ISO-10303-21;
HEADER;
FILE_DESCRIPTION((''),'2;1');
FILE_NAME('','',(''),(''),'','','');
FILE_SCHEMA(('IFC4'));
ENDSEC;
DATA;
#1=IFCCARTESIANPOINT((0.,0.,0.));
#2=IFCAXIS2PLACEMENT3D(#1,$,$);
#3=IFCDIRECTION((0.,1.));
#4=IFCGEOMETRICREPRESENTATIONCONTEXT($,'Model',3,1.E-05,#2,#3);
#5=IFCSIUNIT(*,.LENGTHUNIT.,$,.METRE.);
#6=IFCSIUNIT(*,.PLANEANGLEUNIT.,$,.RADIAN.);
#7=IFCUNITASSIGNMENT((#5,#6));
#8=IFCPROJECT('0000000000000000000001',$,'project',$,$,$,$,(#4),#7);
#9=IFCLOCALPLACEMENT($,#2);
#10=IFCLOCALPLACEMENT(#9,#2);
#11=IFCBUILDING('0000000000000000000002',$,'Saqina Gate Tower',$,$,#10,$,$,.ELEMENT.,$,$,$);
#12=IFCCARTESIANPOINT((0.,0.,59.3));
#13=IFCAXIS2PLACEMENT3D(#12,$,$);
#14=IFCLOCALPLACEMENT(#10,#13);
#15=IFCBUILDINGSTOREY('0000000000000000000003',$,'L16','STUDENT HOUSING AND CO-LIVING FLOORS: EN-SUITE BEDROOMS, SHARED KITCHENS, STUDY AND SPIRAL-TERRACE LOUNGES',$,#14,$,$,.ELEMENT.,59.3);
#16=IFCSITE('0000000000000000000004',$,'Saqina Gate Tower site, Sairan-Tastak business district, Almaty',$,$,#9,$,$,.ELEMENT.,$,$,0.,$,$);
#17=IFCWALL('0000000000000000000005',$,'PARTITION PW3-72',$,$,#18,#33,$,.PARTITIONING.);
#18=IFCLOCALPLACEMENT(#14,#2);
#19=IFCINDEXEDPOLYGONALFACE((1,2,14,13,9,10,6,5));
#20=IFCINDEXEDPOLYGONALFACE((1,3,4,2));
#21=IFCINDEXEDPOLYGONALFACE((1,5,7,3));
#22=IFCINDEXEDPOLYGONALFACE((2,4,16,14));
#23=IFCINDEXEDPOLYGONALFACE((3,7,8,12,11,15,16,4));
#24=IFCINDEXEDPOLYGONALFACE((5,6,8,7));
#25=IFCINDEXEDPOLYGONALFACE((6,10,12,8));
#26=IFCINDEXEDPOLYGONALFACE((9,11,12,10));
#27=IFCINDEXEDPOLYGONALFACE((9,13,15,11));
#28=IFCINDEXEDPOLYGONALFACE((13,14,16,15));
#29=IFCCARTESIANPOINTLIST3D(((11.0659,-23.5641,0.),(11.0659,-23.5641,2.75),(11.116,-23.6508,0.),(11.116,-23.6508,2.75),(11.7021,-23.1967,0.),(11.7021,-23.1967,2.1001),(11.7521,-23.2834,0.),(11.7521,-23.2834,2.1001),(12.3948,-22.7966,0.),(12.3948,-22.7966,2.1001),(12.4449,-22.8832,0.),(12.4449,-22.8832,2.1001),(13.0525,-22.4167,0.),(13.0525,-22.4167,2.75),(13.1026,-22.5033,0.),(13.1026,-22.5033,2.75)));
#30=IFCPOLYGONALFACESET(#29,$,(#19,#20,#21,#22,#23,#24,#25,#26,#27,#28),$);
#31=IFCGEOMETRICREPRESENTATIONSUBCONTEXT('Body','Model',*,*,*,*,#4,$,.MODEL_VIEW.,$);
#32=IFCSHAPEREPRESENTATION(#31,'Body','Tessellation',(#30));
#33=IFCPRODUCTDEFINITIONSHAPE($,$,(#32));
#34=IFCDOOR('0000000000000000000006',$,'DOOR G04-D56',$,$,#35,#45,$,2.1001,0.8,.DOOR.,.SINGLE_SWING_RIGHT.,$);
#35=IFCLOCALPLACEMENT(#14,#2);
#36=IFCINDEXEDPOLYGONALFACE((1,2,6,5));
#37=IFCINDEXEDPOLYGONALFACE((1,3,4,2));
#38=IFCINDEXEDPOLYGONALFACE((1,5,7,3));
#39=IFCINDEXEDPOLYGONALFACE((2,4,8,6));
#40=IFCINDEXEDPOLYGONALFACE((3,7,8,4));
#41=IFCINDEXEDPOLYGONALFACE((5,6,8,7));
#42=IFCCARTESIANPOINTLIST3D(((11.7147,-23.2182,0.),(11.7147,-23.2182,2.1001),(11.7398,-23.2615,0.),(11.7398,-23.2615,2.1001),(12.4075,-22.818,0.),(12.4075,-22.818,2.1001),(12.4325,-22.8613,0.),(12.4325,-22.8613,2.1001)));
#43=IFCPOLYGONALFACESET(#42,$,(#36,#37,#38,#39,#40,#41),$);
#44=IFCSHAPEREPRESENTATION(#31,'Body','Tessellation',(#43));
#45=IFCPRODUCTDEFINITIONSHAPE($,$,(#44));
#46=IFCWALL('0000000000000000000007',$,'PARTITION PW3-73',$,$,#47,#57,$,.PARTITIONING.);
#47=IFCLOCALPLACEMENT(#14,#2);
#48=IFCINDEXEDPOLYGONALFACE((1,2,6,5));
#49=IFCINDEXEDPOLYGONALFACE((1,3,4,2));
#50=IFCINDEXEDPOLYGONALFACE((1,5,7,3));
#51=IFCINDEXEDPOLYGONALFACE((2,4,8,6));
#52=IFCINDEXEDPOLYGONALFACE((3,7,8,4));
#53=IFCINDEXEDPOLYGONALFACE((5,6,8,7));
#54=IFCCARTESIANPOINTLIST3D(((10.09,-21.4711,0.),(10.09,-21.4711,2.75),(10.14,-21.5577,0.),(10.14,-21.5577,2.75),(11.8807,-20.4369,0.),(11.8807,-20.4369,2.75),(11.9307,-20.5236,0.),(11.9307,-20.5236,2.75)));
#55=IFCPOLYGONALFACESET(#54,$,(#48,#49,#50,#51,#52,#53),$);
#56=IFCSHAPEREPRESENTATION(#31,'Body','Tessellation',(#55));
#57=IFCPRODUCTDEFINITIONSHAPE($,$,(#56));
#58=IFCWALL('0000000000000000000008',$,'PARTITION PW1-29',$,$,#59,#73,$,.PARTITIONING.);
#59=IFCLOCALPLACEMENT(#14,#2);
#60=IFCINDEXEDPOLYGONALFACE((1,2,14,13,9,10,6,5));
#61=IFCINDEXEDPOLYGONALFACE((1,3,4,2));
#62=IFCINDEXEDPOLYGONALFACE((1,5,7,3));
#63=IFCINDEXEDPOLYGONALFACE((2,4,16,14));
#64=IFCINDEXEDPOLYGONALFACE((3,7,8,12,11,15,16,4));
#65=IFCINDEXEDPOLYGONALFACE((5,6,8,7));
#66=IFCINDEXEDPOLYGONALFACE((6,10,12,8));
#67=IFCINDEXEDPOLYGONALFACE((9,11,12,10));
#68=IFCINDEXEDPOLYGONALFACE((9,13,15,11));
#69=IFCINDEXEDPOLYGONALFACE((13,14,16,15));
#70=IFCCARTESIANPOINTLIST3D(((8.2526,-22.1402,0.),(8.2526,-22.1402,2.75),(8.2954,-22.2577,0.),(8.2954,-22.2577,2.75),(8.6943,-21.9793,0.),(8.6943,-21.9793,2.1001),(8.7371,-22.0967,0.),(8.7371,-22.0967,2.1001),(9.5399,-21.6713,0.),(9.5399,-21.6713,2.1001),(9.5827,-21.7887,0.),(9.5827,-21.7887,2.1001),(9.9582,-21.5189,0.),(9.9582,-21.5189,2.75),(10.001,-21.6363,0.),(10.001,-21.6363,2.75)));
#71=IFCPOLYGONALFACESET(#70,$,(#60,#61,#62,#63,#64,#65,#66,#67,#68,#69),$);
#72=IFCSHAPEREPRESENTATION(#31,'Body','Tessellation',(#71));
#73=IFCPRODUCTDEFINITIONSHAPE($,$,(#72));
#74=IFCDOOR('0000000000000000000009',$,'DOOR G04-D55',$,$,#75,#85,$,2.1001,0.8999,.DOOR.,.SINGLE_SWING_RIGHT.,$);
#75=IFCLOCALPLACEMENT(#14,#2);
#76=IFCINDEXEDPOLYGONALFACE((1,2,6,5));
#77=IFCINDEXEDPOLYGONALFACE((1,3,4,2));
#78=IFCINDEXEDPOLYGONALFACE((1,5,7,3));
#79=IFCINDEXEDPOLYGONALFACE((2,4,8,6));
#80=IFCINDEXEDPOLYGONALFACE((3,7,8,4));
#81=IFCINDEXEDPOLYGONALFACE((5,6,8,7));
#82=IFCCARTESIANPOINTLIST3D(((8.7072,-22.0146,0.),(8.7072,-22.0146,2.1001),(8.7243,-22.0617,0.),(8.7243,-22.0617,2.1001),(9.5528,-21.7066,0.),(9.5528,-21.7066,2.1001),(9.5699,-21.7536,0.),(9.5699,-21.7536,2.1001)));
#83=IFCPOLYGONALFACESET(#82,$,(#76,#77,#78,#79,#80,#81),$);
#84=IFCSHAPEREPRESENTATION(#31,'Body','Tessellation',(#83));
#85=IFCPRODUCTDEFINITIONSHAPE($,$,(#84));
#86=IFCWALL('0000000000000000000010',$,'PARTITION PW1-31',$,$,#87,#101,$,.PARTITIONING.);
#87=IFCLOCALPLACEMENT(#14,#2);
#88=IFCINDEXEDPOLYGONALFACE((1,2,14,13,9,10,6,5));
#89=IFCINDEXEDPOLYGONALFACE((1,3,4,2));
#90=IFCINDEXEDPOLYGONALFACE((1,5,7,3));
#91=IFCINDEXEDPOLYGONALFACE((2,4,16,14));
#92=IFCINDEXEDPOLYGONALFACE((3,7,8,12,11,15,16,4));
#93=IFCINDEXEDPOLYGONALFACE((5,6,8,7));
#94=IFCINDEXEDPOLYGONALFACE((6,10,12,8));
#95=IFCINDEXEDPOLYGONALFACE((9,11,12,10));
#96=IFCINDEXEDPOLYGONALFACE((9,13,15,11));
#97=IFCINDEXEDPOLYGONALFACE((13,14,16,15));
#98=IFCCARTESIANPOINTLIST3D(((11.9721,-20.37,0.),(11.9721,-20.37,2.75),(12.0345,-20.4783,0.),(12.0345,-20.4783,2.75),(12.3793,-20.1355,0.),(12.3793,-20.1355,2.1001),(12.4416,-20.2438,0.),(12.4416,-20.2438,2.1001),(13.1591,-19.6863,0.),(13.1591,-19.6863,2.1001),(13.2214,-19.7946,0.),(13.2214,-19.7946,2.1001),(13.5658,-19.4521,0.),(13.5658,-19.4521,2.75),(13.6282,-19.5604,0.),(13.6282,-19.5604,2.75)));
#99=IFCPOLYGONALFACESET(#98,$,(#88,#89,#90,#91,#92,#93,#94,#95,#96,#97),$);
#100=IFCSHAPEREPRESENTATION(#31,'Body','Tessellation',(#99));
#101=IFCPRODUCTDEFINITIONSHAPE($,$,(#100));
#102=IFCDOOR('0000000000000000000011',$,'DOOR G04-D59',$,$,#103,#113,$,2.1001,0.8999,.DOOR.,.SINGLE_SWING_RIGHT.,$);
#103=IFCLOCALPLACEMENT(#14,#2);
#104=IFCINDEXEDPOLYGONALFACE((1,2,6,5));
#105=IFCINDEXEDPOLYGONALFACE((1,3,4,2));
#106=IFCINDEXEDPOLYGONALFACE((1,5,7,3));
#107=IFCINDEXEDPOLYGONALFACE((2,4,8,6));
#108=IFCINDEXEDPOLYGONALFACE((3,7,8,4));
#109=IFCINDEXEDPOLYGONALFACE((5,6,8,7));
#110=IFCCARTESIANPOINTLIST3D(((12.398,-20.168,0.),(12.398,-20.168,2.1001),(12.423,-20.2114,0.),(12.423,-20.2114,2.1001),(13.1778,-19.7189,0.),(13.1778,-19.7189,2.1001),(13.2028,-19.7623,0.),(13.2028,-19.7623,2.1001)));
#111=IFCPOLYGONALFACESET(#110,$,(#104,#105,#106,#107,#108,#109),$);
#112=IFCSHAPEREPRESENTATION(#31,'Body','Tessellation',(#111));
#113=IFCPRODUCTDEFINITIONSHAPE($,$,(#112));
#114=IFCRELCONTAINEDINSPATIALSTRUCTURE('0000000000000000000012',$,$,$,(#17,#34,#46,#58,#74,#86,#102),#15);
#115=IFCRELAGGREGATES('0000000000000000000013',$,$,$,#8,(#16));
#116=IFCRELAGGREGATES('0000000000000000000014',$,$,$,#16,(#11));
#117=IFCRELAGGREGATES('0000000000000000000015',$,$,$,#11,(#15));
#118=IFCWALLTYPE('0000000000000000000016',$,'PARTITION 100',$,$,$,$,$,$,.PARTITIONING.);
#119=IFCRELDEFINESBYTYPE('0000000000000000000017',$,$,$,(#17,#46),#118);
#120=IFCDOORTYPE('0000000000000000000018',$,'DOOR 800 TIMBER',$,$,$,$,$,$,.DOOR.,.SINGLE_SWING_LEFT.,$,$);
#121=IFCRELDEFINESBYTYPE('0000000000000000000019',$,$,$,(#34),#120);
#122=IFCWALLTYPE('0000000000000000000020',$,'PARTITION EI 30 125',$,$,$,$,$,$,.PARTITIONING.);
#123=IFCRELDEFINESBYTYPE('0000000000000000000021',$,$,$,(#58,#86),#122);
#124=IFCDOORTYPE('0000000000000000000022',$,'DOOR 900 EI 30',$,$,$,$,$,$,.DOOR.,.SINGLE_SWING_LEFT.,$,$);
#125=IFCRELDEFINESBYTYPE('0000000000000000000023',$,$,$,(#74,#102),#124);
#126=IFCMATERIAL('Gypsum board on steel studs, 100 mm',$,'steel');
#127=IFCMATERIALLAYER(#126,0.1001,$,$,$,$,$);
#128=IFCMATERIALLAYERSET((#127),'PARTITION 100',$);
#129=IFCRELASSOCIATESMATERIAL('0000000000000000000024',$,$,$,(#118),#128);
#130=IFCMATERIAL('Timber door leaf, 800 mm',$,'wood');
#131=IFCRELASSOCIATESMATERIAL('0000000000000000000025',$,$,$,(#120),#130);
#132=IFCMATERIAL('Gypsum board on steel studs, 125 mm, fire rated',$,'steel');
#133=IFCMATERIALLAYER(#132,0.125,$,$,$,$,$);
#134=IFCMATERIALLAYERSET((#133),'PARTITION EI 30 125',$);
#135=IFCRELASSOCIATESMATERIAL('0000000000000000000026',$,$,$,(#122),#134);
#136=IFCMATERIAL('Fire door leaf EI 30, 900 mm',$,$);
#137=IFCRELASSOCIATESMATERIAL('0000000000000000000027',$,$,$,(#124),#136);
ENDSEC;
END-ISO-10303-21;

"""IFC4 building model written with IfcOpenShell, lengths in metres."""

from ifc_helpers import new_model, si_unit, direction, frame, frame_2d, origin, place, context, subcontext, project, spatial, rectangle, extrude, material, layer, layer_set, type_object, element, fill, save


model = new_model("IFC4")

# Units and contexts
model_context = context("Model", 3, precision=1e-05, world=origin(), true_north=direction((0.0, 1.0)))
body_context = subcontext(model_context, "Body", "Model", "MODEL_VIEW")
ifc_project = project(units=[si_unit("LENGTHUNIT", "METRE"), si_unit("PLANEANGLEUNIT", "RADIAN")], contexts=[model_context])

# Site, building, storey
site_placement = place(None, origin())
site = spatial("IfcSite", under=ifc_project, at=site_placement, Name="Saqina Gate Tower site, Sairan-Tastak business district, Almaty", CompositionType="ELEMENT", RefElevation=0.0)
building_placement = place(site_placement, origin())
building = spatial("IfcBuilding", under=site, at=building_placement, Name="Saqina Gate Tower", CompositionType="ELEMENT")
storey_placement = place(building_placement, frame((0.0, 0.0, 59.3)))
storey = spatial("IfcBuildingStorey", under=building, at=storey_placement, Name="L16", Description="STUDENT HOUSING AND CO-LIVING FLOORS: EN-SUITE BEDROOMS, SHARED KITCHENS, STUDY AND SPIRAL-TERRACE LOUNGES", CompositionType="ELEMENT", Elevation=59.3)

# Shared definitions
ifc_material_1 = material(Name="Gypsum board on steel studs, 100 mm", Category="steel")
ifc_layer_1 = layer(ifc_material_1, 0.1001)
ifc_layer_set_1 = layer_set([ifc_layer_1], Name="PARTITION 100")
wall_type_1 = type_object("IfcWallType", Name="PARTITION 100", PredefinedType="PARTITIONING", material=ifc_layer_set_1)

# Shared definitions
ifc_material_2 = material(Name="Timber door leaf, 800 mm", Category="wood")
door_type_1 = type_object("IfcDoorType", Name="DOOR 800 TIMBER", OperationType="SINGLE_SWING_LEFT", PredefinedType="DOOR", material=ifc_material_2)

# Wall, opening, door
wall_1_placement = place(storey_placement, frame((11.0911, -23.6074, 0.0), z_axis=(0.0, 0.0, 1.0), x_axis=(0.865929, 0.500168, 0.0)))
wall_1 = element("IfcWall", 1, at=wall_1_placement, inside=storey, type_object=wall_type_1, Name="PARTITION PW3-72", PredefinedType="PARTITIONING", context=body_context, shape_type="SweptSolid", body=[
    extrude(rectangle(XDim=2.2942, YDim=0.1001, at=frame_2d((1.147, 0.0))), origin(), (0.0, 0.0, 1.0), 2.75),
])
opening_1_placement = place(wall_1_placement, frame((0.7346, 0.0, 0.0)))
opening_1 = element("IfcOpeningElement", 2, at=opening_1_placement, cuts=wall_1, PredefinedType="OPENING", context=body_context, shape_type="SweptSolid", body=[
    extrude(rectangle(XDim=0.8, YDim=2.1001, at=frame_2d((0.3999, 1.05))), frame((0.0, 0.062, 0.0), z_axis=(0.0, -1.0, 0.0), x_axis=(1.0, 0.0, 0.0)), (0.0, 0.0, 1.0), 0.124),
])
door_1_placement = place(opening_1_placement, frame((0.8, 0.0, 0.0), z_axis=(0.0, 0.0, 1.0), x_axis=(-1.0, 0.0, 0.0)))
door_1 = element("IfcDoor", 3, at=door_1_placement, inside=storey, type_object=door_type_1, Name="DOOR G04-D56", OperationType="SINGLE_SWING_RIGHT", OverallHeight=2.1001, OverallWidth=0.8, PredefinedType="DOOR", context=body_context, shape_type="SweptSolid", body=[
    extrude(rectangle(XDim=0.8, YDim=2.1001, at=frame_2d((0.3999, 1.05))), frame((0.0, 0.0249, 0.0), z_axis=(0.0, -1.0, 0.0), x_axis=(1.0, 0.0, 0.0)), (0.0, 0.0, 1.0), 0.05),
])
fill(opening_1, door_1)

# Wall
wall_2_placement = place(storey_placement, frame((10.115, -21.5144, 0.0), z_axis=(0.0, 0.0, 1.0), x_axis=(0.865967, 0.500101, 0.0)))
element("IfcWall", 4, at=wall_2_placement, inside=storey, type_object=wall_type_1, Name="PARTITION PW3-73", PredefinedType="PARTITIONING", context=body_context, shape_type="SweptSolid", body=[
    extrude(rectangle(XDim=2.0679, YDim=0.1001, at=frame_2d((1.0339, 0.0))), origin(), (0.0, 0.0, 1.0), 2.75),
])

# Walls, openings, doors
ifc_material_3 = material(Name="Gypsum board on steel studs, 125 mm, fire rated", Category="steel")
ifc_layer_2 = layer(ifc_material_3, 0.125)
ifc_layer_set_2 = layer_set([ifc_layer_2], Name="PARTITION EI 30 125")
wall_type_2 = type_object("IfcWallType", Name="PARTITION EI 30 125", PredefinedType="PARTITIONING", material=ifc_layer_set_2)
wall_3_placement = place(storey_placement, frame((8.2739, -22.199, 0.0), z_axis=(0.0, 0.0, 1.0), x_axis=(0.939593, 0.342294, 0.0)))
wall_3 = element("IfcWall", 5, at=wall_3_placement, inside=storey, type_object=wall_type_2, Name="PARTITION PW1-29", PredefinedType="PARTITIONING", context=body_context, shape_type="SweptSolid", body=[
    extrude(rectangle(XDim=1.8152, YDim=0.125, at=frame_2d((0.9077, 0.0))), origin(), (0.0, 0.0, 1.0), 2.75),
])
opening_2_placement = place(wall_3_placement, frame((0.4702, 0.0, 0.0)))
opening_2 = element("IfcOpeningElement", 6, at=opening_2_placement, cuts=wall_3, PredefinedType="OPENING", context=body_context, shape_type="SweptSolid", body=[
    extrude(rectangle(XDim=0.8999, YDim=2.1001, at=frame_2d((0.45, 1.05))), frame((0.0, 0.0745, 0.0), z_axis=(0.0, -1.0, 0.0), x_axis=(1.0, 0.0, 0.0)), (0.0, 0.0, 1.0), 0.1489),
])
ifc_material_4 = material(Name="Fire door leaf EI 30, 900 mm")
door_type_2 = type_object("IfcDoorType", Name="DOOR 900 EI 30", OperationType="SINGLE_SWING_LEFT", PredefinedType="DOOR", material=ifc_material_4)
door_2_placement = place(opening_2_placement, origin())
door_2 = element("IfcDoor", 7, at=door_2_placement, inside=storey, type_object=door_type_2, Name="DOOR G04-D55", OperationType="SINGLE_SWING_RIGHT", OverallHeight=2.1001, OverallWidth=0.8999, PredefinedType="DOOR", context=body_context, shape_type="SweptSolid", body=[
    extrude(rectangle(XDim=0.8999, YDim=2.1001, at=frame_2d((0.45, 1.05))), frame((0.0, 0.0249, 0.0), z_axis=(0.0, -1.0, 0.0), x_axis=(1.0, 0.0, 0.0)), (0.0, 0.0, 1.0), 0.05),
])
fill(opening_2, door_2)
wall_4_placement = place(storey_placement, frame((12.0034, -20.4241, 0.0), z_axis=(0.0, 0.0, 1.0), x_axis=(0.866539, 0.499109, 0.0)))
wall_4 = element("IfcWall", 8, at=wall_4_placement, inside=storey, type_object=wall_type_2, Name="PARTITION PW1-31", PredefinedType="PARTITIONING", context=body_context, shape_type="SweptSolid", body=[
    extrude(rectangle(XDim=1.8391, YDim=0.125, at=frame_2d((0.9194, 0.0))), origin(), (0.0, 0.0, 1.0), 2.75),
])
opening_3_placement = place(wall_4_placement, frame((0.4697, 0.0, 0.0)))
opening_3 = element("IfcOpeningElement", 9, at=opening_3_placement, cuts=wall_4, PredefinedType="OPENING", context=body_context, shape_type="SweptSolid", body=[
    extrude(rectangle(XDim=0.8999, YDim=2.1001, at=frame_2d((0.45, 1.05))), frame((0.0, 0.0745, 0.0), z_axis=(0.0, -1.0, 0.0), x_axis=(1.0, 0.0, 0.0)), (0.0, 0.0, 1.0), 0.1489),
])
door_3_placement = place(opening_3_placement, origin())
door_3 = element("IfcDoor", 10, at=door_3_placement, inside=storey, type_object=door_type_2, Name="DOOR G04-D59", OperationType="SINGLE_SWING_RIGHT", OverallHeight=2.1001, OverallWidth=0.8999, PredefinedType="DOOR", context=body_context, shape_type="SweptSolid", body=[
    extrude(rectangle(XDim=0.8999, YDim=2.1001, at=frame_2d((0.45, 1.05))), frame((0.0, 0.0249, 0.0), z_axis=(0.0, -1.0, 0.0), x_axis=(1.0, 0.0, 0.0)), (0.0, 0.0, 1.0), 0.05),
])
fill(opening_3, door_3)

save(model, "model.ifc")
